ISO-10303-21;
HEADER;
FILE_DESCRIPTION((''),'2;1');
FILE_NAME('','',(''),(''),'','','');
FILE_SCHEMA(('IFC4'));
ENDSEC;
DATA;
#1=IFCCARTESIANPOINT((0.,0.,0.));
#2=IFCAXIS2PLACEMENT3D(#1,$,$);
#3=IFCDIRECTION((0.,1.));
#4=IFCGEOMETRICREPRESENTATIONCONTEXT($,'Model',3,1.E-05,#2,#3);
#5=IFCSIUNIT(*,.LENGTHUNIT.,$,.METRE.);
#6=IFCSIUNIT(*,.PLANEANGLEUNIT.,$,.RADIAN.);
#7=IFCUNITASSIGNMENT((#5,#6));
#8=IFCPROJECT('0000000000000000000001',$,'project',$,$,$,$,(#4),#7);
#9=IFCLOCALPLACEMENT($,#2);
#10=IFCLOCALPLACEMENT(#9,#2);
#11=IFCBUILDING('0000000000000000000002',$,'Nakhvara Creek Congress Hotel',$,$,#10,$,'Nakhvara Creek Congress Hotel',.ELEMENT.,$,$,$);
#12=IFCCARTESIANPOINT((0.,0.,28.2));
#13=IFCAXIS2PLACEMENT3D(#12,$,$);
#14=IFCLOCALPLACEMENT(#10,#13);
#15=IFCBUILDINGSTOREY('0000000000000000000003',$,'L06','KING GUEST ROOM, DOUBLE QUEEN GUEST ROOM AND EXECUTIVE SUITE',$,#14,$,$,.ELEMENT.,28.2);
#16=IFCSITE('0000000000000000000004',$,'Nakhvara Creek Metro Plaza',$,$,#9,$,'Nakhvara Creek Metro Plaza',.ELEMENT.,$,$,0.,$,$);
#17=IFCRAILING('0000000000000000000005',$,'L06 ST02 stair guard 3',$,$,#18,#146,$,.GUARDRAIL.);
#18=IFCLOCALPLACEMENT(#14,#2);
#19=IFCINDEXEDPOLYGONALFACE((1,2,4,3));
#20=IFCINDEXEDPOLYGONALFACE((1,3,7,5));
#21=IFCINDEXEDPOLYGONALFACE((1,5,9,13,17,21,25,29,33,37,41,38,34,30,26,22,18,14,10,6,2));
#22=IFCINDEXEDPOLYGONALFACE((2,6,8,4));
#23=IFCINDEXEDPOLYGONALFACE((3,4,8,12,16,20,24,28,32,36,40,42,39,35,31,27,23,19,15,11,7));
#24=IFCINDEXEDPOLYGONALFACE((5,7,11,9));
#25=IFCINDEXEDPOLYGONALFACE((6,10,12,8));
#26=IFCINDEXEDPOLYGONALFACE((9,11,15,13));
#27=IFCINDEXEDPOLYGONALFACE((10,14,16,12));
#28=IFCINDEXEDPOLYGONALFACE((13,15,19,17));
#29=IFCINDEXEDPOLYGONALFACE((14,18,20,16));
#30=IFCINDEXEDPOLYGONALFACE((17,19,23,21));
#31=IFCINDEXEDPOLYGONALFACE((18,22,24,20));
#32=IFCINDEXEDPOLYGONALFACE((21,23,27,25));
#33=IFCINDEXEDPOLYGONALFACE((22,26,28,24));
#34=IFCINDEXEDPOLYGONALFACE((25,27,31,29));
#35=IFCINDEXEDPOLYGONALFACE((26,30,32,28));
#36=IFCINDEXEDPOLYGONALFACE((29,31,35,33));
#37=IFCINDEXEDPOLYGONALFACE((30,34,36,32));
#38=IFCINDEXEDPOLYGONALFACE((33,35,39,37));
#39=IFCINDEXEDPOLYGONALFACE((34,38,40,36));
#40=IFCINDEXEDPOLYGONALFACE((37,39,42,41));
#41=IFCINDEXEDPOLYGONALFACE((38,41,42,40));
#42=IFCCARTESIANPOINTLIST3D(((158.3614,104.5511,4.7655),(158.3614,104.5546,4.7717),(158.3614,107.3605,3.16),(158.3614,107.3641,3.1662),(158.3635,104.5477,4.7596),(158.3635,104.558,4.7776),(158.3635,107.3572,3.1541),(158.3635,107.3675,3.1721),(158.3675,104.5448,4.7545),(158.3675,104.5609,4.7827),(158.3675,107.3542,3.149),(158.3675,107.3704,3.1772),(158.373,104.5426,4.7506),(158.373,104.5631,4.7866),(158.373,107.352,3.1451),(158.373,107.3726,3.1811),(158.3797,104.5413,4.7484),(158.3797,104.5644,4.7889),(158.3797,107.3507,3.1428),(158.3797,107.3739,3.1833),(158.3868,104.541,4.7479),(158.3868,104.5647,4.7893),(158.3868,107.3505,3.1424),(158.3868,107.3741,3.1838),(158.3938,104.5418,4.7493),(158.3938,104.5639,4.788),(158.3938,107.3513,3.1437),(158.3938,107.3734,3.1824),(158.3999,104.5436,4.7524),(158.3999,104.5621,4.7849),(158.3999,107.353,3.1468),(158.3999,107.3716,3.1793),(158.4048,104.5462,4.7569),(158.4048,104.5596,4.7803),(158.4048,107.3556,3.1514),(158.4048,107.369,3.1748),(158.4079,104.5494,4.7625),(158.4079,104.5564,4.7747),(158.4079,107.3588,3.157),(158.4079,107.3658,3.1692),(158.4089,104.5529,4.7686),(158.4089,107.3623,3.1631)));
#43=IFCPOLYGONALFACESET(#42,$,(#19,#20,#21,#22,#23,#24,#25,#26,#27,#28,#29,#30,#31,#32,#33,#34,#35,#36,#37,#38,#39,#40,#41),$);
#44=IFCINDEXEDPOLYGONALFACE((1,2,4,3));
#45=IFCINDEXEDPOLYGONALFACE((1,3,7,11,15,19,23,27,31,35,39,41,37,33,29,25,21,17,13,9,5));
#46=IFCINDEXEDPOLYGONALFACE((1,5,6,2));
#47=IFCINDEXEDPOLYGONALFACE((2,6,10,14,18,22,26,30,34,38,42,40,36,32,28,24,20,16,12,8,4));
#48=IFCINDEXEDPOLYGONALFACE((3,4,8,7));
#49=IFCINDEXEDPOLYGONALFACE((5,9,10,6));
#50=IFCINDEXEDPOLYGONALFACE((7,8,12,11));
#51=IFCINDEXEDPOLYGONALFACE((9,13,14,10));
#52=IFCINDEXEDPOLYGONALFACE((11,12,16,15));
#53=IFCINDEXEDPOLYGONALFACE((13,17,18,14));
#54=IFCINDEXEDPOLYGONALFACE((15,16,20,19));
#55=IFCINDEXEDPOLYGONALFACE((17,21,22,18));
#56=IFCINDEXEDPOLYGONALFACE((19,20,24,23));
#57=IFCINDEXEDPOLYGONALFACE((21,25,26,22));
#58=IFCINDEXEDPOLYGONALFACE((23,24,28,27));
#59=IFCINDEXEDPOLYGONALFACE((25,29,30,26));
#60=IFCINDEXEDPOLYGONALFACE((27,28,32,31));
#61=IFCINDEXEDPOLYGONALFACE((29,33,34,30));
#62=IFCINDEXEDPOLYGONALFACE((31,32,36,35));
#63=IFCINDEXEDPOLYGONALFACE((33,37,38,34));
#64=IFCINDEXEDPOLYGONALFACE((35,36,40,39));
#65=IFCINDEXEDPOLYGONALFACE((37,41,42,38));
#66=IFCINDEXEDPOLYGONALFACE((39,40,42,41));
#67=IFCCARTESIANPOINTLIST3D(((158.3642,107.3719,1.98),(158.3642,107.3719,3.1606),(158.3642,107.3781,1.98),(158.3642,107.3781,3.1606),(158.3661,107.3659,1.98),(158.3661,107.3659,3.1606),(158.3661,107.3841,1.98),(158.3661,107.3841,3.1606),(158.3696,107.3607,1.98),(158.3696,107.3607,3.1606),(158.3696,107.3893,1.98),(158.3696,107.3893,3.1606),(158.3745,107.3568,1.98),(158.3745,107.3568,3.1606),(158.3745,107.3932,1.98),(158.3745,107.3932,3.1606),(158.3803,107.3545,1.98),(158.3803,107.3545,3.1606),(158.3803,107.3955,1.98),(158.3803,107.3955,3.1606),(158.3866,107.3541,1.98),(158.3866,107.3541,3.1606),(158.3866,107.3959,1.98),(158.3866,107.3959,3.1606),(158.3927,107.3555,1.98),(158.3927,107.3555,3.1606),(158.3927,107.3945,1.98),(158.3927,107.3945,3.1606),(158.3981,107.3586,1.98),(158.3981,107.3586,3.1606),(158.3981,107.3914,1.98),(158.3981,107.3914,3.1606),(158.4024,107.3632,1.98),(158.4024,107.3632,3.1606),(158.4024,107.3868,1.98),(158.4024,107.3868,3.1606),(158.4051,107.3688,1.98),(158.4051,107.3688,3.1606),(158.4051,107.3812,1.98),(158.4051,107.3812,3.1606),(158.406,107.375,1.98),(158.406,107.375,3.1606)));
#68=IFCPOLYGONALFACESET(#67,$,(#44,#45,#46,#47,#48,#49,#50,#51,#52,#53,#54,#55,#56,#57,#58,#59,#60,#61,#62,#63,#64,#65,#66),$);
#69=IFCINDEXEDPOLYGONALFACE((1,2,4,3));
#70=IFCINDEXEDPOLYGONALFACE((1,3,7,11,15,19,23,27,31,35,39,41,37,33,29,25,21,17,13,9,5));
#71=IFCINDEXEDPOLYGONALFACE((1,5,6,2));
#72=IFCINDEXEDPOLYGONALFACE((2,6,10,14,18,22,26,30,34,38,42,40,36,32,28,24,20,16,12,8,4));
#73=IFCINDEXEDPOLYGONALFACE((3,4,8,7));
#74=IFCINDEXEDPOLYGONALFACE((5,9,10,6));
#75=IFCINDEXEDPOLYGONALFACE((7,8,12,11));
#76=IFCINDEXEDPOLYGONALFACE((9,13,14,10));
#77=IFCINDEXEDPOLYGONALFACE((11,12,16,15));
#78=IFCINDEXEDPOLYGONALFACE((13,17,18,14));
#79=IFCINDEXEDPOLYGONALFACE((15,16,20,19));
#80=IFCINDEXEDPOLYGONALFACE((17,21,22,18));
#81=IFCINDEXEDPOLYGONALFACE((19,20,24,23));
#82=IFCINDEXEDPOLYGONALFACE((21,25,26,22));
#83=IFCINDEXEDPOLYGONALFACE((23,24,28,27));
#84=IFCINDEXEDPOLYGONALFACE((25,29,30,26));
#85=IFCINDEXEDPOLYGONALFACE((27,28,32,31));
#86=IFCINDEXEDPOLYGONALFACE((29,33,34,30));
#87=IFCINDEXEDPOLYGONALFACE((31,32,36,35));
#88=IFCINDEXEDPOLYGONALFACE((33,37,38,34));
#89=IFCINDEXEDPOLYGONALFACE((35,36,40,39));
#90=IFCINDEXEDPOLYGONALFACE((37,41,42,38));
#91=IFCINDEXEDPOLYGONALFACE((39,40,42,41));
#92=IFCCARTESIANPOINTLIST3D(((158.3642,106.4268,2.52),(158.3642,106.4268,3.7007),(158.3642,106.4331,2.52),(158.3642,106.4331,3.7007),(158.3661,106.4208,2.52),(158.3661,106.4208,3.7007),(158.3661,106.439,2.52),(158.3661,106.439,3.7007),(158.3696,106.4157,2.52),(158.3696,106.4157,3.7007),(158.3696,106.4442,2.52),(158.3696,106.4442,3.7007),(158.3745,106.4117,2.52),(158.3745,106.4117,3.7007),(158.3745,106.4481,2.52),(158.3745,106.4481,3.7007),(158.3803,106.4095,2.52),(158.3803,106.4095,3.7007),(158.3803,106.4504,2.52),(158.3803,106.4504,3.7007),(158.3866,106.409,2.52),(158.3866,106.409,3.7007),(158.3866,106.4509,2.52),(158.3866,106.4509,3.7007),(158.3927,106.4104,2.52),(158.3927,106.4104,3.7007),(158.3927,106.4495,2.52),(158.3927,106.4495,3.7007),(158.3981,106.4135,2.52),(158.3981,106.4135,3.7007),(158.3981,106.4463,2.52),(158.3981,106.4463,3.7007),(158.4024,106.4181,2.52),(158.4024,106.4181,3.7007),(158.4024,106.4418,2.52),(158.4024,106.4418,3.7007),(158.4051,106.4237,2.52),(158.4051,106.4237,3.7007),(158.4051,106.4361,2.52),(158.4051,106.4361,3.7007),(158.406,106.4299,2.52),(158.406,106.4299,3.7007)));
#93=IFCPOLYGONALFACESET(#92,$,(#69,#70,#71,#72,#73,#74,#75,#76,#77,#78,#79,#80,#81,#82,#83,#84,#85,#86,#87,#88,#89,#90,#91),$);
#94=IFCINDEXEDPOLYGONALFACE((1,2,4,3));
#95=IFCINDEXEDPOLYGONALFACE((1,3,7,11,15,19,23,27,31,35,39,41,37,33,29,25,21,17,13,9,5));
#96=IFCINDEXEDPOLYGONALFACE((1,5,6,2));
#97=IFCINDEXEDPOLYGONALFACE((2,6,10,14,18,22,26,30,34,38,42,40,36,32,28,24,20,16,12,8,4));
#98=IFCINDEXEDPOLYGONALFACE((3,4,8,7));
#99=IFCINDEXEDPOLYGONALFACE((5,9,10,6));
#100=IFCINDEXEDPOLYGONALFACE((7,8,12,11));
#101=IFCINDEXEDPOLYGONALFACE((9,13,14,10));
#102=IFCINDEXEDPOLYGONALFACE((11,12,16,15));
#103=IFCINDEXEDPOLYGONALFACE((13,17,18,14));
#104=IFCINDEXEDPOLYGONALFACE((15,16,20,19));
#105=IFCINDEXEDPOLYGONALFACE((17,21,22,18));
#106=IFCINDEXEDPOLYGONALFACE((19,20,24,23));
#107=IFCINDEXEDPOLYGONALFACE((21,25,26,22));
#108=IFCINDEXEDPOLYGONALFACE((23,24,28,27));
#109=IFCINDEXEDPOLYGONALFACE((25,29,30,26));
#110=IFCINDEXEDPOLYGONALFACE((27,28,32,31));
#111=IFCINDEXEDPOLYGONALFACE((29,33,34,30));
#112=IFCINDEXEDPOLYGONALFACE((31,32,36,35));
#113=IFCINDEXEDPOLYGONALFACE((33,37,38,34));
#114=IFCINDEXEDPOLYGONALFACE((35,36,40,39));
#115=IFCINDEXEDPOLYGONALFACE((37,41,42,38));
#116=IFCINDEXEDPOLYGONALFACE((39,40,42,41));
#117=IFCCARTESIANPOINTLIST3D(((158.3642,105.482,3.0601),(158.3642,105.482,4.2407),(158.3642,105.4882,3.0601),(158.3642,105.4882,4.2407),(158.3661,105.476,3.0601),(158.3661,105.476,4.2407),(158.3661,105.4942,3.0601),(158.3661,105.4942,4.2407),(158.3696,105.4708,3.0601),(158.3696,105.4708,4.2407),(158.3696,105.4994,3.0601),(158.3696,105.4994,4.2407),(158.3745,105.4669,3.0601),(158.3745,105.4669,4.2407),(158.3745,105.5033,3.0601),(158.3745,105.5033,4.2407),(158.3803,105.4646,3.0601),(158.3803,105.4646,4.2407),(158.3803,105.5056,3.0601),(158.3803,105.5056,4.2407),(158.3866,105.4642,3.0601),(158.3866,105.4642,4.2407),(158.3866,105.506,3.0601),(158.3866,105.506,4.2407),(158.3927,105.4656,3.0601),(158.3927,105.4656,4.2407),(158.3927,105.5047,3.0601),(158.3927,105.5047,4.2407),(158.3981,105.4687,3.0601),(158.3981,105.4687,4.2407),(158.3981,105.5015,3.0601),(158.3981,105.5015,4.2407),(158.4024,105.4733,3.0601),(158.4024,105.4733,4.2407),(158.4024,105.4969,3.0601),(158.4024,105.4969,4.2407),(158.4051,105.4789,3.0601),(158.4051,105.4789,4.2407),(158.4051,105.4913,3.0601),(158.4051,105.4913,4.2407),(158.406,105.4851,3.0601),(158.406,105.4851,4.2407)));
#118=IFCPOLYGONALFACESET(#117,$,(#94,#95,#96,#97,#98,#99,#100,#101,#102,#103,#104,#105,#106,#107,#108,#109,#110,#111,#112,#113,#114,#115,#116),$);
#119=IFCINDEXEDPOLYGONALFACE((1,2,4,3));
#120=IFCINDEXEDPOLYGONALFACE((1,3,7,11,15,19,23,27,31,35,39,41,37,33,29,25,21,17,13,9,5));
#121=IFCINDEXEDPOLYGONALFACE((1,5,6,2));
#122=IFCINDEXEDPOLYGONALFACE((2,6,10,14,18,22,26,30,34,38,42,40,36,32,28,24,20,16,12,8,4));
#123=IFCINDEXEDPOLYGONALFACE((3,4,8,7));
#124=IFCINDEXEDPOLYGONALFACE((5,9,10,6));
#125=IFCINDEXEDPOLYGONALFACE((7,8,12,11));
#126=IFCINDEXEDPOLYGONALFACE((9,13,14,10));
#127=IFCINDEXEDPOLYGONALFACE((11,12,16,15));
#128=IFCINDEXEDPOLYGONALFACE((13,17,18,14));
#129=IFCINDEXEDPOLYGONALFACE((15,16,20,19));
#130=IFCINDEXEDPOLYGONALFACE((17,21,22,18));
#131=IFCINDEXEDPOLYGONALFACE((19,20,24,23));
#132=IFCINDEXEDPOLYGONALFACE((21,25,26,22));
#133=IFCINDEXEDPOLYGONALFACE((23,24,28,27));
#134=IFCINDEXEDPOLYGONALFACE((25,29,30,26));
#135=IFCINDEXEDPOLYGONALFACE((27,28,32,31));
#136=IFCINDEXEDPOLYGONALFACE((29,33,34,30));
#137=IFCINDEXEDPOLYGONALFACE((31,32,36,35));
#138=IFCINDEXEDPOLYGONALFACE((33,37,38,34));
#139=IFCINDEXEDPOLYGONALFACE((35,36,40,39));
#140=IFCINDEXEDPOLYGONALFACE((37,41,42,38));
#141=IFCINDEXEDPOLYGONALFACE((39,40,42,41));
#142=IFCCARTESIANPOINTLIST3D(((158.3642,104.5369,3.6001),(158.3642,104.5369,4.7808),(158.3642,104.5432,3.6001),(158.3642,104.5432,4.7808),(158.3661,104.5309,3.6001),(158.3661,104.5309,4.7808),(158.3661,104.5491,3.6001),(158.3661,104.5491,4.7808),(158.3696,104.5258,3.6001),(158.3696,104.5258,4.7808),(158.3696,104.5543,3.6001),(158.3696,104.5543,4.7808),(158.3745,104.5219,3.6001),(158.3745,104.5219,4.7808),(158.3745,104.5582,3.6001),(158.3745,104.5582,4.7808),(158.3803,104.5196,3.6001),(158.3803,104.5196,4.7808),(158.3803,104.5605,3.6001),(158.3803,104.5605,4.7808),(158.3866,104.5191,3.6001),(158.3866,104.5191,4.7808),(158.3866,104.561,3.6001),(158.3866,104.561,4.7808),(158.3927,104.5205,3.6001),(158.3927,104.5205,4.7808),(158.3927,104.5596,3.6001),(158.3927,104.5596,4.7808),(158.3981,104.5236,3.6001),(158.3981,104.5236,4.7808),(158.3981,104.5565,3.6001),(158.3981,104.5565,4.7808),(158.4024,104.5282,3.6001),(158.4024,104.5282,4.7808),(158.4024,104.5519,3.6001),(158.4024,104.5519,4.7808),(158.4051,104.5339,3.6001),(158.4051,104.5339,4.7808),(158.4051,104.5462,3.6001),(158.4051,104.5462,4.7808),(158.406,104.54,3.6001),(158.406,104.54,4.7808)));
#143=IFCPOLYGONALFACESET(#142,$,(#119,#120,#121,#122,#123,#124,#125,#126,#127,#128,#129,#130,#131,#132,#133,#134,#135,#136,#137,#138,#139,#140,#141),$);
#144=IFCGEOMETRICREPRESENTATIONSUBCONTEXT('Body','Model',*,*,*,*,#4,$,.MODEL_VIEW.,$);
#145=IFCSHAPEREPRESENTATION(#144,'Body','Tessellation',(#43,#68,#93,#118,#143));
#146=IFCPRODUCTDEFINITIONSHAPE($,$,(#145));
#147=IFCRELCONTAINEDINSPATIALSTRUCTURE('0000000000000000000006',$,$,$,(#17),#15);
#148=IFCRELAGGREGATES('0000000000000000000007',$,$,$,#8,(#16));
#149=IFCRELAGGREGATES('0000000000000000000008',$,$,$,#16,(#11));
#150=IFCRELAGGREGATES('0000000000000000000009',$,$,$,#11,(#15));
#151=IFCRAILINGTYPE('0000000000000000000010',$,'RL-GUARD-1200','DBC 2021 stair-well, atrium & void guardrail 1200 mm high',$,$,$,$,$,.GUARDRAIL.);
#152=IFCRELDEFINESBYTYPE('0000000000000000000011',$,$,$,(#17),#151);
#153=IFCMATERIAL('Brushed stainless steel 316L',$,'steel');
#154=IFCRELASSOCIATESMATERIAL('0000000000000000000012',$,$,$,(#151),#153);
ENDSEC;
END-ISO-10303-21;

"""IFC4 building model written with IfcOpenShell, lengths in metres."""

from ifc_helpers import new_model, si_unit, direction, frame, origin, origin_2d, place, context, subcontext, project, spatial, circle, extrude, material, type_object, element, save


model = new_model("IFC4")

# Units and contexts
model_context = context("Model", 3, precision=1e-05, world=origin(), true_north=direction((0.0, 1.0)))
body_context = subcontext(model_context, "Body", "Model", "MODEL_VIEW")
ifc_project = project(units=[si_unit("LENGTHUNIT", "METRE"), si_unit("PLANEANGLEUNIT", "RADIAN")], contexts=[model_context])

# Site, building, storey
site_placement = place(None, origin())
site = spatial("IfcSite", under=ifc_project, at=site_placement, Name="Nakhvara Creek Metro Plaza", LongName="Nakhvara Creek Metro Plaza", CompositionType="ELEMENT", RefElevation=0.0)
building_placement = place(site_placement, origin())
building = spatial("IfcBuilding", under=site, at=building_placement, Name="Nakhvara Creek Congress Hotel", LongName="Nakhvara Creek Congress Hotel", CompositionType="ELEMENT")
storey_placement = place(building_placement, frame((0.0, 0.0, 28.2)))
storey = spatial("IfcBuildingStorey", under=building, at=storey_placement, Name="L06", Description="KING GUEST ROOM, DOUBLE QUEEN GUEST ROOM AND EXECUTIVE SUITE", CompositionType="ELEMENT", Elevation=28.2)

# Railing
ifc_material_1 = material(Name="Brushed stainless steel 316L", Category="steel")
railing_type_1 = type_object("IfcRailingType", Name="RL-GUARD-1200", Description="DBC 2021 stair-well, atrium & void guardrail 1200 mm high", PredefinedType="GUARDRAIL", material=ifc_material_1)
railing_1_placement = place(storey_placement, frame((158.385, 107.375, 1.98)))
element("IfcRailing", 1, at=railing_1_placement, inside=storey, type_object=railing_type_1, Name="L06 ST02 stair guard 3", PredefinedType="GUARDRAIL", context=body_context, shape_type="SweptSolid", body=[
    extrude(circle(Radius=0.0239, at=origin_2d()), frame((0.0, -0.0127, 1.1831), z_axis=(0.0, -0.868225, 0.496171), x_axis=(1.0, 0.0, 0.0)), (0.0, 0.0, 1.0), 3.2358),
    extrude(circle(Radius=0.021, at=origin_2d()), origin(), (0.0, 0.0, 1.0), 1.1807),
    extrude(circle(Radius=0.021, at=origin_2d()), frame((0.0, -0.9451, 0.54)), (0.0, 0.0, 1.0), 1.1807),
    extrude(circle(Radius=0.021, at=origin_2d()), frame((0.0, -1.8899, 1.0801)), (0.0, 0.0, 1.0), 1.1807),
    extrude(circle(Radius=0.021, at=origin_2d()), frame((0.0, -2.835, 1.6201)), (0.0, 0.0, 1.0), 1.1807),
])

save(model, "model.ifc")
